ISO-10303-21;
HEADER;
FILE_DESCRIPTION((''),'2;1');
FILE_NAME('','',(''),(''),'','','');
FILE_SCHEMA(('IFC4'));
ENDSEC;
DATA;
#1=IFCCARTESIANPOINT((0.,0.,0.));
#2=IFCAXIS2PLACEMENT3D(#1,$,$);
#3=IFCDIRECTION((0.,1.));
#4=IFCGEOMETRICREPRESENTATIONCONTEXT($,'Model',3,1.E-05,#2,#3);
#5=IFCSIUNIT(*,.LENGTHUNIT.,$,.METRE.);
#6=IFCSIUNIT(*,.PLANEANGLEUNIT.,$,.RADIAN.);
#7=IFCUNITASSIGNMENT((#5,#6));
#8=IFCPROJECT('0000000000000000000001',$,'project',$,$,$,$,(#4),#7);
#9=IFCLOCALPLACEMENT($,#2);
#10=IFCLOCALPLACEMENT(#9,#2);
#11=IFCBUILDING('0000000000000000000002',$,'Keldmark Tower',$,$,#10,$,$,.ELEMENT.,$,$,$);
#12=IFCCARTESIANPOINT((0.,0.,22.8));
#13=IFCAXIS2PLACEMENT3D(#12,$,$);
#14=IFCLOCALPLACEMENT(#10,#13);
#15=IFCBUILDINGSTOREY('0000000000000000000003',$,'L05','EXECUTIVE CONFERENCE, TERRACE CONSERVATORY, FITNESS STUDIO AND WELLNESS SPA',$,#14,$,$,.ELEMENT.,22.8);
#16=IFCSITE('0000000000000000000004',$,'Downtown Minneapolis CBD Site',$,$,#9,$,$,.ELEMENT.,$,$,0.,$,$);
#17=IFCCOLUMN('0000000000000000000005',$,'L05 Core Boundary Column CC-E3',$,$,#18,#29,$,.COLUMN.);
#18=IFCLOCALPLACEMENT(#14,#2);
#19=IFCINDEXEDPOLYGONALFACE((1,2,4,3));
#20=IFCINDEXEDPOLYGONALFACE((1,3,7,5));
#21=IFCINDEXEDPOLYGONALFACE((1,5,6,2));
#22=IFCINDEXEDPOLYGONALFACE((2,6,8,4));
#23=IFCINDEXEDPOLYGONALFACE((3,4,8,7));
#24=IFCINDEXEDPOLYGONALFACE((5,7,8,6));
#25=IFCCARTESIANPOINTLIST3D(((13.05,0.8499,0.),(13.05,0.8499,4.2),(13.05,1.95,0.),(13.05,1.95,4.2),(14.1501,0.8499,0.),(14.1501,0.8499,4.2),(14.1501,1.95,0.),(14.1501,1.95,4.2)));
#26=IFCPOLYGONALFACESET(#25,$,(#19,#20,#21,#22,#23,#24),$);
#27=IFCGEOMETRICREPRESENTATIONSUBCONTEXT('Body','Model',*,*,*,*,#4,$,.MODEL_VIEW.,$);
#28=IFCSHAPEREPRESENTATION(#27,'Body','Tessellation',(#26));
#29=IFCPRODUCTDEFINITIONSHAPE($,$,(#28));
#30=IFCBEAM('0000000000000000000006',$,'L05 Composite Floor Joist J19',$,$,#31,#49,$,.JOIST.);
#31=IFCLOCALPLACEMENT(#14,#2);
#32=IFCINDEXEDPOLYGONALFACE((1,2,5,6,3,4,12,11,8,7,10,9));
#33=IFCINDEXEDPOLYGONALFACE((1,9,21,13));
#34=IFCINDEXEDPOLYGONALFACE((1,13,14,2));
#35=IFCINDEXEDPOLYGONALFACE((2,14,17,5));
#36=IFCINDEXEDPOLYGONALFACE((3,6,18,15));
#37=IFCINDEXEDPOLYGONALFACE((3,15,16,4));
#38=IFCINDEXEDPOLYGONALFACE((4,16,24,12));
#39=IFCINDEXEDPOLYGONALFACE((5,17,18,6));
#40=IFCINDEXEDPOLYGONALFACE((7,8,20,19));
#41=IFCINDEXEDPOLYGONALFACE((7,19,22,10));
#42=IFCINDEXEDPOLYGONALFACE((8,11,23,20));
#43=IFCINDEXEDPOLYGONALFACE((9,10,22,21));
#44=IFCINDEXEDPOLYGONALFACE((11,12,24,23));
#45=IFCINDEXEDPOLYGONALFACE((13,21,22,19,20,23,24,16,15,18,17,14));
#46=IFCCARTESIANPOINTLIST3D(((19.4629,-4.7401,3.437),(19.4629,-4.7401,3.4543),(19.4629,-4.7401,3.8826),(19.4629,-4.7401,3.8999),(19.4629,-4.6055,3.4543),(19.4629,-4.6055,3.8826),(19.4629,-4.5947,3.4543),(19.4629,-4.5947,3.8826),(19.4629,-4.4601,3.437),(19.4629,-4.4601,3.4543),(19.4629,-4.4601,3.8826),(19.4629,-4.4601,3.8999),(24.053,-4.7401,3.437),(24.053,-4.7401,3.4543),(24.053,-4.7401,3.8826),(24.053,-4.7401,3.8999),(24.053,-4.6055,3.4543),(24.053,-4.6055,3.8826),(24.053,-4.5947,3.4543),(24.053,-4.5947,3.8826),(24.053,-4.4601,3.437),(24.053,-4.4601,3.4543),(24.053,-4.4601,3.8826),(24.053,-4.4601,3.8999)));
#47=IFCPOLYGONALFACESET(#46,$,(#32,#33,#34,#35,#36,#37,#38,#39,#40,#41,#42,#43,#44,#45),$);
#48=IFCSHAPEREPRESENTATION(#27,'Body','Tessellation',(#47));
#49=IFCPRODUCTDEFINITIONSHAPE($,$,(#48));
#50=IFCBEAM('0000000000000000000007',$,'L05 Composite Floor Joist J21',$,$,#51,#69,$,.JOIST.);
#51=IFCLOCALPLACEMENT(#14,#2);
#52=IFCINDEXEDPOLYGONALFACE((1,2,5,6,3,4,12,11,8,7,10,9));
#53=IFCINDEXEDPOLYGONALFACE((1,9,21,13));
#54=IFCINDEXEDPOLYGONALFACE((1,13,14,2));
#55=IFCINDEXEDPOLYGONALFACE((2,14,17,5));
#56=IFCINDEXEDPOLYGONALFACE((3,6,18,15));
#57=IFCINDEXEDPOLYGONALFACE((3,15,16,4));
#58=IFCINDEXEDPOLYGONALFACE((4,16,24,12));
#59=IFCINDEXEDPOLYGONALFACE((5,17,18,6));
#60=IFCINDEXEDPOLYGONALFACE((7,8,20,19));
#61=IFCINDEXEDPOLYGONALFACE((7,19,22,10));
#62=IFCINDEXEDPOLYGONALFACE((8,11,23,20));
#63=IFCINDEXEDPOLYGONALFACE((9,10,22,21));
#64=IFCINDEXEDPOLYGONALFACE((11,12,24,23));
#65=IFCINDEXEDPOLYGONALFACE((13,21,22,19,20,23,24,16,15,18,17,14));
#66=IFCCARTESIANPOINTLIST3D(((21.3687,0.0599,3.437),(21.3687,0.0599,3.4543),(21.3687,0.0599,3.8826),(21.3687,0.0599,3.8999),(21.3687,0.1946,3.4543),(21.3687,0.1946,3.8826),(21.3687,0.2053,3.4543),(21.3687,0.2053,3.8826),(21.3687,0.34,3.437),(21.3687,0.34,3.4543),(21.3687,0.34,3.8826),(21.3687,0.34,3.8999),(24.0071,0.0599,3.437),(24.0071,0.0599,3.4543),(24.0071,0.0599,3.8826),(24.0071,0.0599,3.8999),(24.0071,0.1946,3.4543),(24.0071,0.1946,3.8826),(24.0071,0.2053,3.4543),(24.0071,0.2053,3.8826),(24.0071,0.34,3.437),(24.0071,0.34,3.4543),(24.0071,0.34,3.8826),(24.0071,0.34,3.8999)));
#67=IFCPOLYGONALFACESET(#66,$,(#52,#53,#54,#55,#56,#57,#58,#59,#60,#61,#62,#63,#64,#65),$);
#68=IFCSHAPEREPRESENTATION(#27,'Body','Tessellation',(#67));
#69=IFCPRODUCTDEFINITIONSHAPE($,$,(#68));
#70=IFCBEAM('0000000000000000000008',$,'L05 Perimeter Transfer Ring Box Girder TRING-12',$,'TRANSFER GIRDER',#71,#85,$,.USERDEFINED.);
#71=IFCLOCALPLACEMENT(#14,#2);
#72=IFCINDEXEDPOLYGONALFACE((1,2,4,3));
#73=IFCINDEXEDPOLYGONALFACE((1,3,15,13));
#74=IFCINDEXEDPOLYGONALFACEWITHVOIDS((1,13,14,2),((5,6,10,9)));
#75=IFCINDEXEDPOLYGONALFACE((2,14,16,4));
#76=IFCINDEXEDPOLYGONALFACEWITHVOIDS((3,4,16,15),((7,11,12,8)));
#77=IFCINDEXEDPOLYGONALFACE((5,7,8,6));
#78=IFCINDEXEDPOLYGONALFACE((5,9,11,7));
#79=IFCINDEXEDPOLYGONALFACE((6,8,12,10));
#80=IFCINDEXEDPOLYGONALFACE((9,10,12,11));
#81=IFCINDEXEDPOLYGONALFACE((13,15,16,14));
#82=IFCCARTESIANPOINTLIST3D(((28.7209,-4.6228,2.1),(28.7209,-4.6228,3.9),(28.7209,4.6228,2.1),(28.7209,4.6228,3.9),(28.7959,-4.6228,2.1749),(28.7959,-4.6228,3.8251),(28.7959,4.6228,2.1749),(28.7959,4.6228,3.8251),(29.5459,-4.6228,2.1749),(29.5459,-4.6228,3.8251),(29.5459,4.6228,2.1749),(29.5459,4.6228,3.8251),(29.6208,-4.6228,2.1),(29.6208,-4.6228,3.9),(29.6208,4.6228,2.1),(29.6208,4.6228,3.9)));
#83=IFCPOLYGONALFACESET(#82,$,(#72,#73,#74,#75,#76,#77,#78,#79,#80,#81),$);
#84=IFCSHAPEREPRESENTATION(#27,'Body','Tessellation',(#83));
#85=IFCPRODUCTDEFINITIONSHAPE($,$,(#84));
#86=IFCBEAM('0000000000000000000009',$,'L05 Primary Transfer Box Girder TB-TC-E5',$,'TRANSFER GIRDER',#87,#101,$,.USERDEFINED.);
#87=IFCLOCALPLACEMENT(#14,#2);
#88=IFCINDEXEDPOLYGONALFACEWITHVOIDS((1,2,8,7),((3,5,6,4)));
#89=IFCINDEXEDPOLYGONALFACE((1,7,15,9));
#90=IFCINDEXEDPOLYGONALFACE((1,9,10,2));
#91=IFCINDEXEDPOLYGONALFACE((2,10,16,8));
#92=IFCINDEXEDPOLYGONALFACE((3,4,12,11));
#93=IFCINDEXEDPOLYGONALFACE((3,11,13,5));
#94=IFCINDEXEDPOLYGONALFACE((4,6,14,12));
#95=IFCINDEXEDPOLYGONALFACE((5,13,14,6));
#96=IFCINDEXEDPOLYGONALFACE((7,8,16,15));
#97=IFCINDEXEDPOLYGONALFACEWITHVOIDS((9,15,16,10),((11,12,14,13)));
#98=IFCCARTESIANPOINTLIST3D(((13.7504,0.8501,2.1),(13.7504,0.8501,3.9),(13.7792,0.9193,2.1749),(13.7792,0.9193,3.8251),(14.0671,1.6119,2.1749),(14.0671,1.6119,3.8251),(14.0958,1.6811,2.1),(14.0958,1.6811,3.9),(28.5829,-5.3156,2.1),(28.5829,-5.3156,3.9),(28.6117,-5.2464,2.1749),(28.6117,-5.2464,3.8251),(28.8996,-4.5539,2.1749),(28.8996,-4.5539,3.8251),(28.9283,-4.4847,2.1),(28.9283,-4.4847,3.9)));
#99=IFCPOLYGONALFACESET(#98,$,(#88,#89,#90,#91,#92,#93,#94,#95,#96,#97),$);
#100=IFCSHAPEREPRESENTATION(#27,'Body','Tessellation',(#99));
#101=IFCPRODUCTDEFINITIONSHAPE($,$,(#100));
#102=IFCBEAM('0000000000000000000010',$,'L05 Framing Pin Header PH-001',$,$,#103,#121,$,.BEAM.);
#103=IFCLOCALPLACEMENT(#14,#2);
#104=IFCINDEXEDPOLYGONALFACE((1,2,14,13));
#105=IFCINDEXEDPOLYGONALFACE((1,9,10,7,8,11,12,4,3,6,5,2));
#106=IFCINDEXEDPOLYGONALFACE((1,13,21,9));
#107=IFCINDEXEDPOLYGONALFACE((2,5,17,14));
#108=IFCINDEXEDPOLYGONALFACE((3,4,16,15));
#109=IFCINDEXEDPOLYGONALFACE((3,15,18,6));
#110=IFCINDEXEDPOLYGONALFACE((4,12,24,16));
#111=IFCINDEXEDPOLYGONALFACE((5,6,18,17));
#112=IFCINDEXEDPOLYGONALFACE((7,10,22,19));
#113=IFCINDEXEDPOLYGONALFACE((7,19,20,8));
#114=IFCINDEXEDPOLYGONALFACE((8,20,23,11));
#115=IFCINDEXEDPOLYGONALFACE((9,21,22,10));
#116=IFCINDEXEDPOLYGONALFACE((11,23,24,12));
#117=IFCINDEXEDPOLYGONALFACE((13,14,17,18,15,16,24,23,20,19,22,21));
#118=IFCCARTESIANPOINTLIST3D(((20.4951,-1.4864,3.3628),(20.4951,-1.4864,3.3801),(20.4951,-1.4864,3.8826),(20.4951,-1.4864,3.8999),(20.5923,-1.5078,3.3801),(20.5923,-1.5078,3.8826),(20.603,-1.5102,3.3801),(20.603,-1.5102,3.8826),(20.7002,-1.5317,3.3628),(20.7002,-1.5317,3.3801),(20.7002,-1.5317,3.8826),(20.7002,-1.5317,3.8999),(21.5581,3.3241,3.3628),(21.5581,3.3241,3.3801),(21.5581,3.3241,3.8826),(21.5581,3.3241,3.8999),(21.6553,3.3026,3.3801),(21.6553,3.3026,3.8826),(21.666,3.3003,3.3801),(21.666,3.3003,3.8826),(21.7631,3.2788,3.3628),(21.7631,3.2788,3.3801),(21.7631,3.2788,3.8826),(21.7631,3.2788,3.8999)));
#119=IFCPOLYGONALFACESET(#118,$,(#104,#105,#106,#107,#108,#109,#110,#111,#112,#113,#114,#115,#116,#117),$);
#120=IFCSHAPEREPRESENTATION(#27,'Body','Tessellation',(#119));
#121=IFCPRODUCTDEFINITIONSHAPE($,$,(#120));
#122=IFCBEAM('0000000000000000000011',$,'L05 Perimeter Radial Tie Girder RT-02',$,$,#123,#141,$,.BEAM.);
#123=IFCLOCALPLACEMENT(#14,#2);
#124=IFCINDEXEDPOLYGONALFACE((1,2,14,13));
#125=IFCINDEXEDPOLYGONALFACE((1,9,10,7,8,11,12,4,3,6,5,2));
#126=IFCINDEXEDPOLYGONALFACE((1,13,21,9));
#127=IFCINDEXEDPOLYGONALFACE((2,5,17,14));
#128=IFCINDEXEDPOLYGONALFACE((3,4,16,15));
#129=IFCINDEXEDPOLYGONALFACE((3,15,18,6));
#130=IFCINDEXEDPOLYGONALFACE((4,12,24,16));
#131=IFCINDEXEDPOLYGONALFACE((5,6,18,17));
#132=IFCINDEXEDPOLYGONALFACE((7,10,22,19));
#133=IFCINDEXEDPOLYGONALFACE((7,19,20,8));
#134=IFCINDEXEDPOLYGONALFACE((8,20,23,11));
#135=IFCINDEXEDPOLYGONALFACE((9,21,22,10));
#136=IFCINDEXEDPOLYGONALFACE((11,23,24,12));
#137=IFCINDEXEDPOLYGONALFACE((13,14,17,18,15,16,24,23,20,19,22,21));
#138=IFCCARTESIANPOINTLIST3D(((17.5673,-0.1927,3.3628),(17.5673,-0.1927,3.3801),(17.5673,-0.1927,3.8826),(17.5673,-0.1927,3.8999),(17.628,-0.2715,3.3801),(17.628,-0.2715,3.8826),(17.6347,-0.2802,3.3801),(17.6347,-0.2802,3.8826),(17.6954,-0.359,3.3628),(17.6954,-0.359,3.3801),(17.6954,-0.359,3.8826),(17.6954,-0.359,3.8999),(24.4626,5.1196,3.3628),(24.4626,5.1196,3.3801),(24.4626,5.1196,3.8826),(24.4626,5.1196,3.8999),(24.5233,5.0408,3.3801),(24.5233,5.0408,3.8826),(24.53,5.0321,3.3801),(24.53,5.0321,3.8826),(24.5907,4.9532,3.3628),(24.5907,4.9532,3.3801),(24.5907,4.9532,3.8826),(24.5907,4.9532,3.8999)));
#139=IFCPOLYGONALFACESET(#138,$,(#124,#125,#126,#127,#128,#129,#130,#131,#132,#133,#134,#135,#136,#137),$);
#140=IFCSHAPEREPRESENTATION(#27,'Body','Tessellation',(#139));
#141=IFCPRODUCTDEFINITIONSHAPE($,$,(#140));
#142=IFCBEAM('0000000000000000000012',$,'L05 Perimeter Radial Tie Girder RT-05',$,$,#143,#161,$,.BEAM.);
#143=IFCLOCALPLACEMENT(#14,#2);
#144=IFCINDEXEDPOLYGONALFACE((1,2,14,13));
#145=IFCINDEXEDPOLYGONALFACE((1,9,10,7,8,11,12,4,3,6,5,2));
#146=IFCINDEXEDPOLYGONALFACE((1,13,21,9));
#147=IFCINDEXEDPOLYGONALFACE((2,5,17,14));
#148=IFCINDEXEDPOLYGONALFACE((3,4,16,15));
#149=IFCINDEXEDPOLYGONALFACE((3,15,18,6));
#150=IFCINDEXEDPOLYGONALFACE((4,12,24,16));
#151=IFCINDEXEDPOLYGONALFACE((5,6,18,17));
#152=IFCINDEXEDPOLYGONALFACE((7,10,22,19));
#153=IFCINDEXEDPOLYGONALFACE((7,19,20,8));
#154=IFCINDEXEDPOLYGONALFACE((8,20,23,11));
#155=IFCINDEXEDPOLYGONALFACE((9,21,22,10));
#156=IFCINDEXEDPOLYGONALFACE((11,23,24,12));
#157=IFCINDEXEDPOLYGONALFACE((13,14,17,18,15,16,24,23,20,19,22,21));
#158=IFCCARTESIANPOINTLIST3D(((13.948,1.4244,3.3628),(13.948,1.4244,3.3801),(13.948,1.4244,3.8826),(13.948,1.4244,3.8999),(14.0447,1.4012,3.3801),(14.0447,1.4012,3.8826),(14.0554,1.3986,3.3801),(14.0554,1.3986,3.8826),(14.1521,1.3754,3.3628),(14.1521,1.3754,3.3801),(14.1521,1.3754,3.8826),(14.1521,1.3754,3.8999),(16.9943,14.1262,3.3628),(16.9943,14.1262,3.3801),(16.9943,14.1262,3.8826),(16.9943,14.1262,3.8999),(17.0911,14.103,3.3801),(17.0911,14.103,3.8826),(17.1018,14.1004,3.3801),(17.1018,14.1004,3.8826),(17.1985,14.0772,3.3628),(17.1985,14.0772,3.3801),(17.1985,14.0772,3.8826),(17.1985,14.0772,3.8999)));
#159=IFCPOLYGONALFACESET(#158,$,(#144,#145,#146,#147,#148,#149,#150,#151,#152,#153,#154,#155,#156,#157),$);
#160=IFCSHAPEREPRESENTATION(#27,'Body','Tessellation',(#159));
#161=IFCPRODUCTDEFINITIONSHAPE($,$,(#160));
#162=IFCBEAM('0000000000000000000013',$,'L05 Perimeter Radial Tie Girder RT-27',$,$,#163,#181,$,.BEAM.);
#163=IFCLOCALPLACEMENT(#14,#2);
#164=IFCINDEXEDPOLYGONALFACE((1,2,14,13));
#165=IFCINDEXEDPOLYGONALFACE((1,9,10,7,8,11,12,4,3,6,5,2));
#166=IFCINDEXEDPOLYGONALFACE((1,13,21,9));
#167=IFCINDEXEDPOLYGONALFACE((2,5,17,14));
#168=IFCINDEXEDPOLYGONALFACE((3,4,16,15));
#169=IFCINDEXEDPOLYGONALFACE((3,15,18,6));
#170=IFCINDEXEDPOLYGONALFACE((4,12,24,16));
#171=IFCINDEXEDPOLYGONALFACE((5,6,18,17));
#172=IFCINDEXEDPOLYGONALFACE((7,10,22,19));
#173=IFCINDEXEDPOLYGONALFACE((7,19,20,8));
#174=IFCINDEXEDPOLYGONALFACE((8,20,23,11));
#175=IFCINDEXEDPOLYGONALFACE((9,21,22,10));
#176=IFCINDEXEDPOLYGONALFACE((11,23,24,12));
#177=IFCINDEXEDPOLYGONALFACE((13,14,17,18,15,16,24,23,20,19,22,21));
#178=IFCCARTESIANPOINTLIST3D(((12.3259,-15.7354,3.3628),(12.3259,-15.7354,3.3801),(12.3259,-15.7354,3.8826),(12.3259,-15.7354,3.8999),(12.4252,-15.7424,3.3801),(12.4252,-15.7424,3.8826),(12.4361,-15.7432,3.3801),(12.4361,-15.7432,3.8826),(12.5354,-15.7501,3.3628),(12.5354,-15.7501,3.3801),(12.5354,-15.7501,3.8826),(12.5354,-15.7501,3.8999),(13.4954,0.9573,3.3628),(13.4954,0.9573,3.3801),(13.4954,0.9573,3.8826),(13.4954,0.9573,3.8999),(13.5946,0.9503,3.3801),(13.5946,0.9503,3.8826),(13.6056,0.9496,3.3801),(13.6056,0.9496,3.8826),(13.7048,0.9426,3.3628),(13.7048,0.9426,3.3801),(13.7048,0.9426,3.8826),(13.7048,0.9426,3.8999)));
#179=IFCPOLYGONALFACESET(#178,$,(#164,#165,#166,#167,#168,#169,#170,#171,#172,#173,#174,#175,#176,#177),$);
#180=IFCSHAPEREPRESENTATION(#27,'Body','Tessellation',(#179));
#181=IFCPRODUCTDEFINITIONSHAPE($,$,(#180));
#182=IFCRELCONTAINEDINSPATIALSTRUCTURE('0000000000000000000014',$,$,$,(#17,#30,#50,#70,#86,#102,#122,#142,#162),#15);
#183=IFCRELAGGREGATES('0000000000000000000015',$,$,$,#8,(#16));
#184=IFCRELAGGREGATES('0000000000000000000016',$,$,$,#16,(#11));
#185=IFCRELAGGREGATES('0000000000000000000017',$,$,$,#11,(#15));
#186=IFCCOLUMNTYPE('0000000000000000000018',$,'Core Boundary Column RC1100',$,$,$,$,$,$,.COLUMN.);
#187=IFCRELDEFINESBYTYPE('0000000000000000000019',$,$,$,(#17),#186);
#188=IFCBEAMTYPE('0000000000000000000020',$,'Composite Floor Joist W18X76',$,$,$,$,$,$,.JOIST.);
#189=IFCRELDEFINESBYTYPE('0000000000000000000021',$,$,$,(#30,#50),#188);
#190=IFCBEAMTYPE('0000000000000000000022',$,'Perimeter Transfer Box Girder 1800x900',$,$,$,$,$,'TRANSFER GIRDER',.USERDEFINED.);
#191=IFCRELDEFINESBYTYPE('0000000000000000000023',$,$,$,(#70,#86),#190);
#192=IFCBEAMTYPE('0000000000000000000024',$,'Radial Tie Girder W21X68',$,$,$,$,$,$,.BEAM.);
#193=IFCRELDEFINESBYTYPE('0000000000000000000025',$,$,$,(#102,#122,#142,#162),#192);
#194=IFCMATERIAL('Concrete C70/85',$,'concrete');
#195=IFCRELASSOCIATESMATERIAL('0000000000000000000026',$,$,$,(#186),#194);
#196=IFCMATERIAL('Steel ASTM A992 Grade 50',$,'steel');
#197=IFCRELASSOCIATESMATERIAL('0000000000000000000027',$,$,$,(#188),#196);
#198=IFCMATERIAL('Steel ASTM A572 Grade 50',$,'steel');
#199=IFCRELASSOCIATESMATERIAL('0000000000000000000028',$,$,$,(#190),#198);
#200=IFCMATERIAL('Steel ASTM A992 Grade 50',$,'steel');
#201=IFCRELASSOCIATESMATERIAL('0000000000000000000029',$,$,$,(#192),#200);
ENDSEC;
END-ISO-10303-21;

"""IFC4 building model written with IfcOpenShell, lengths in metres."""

from ifc_helpers import new_model, si_unit, direction, frame, origin, origin_2d, place, context, subcontext, project, spatial, rectangle, hollow_rectangle, i_section, extrude, material, material_profile, profile_set, type_object, element, save


model = new_model("IFC4")

# Units and contexts
model_context = context("Model", 3, precision=1e-05, world=origin(), true_north=direction((0.0, 1.0)))
body_context = subcontext(model_context, "Body", "Model", "MODEL_VIEW")
ifc_project = project(units=[si_unit("LENGTHUNIT", "METRE"), si_unit("PLANEANGLEUNIT", "RADIAN")], contexts=[model_context])

# Site, building, storey
site_placement = place(None, origin())
site = spatial("IfcSite", under=ifc_project, at=site_placement, Name="Downtown Minneapolis CBD Site", CompositionType="ELEMENT", RefElevation=0.0)
building_placement = place(site_placement, origin())
building = spatial("IfcBuilding", under=site, at=building_placement, Name="Keldmark Tower", CompositionType="ELEMENT")
storey_placement = place(building_placement, frame((0.0, 0.0, 22.8)))
storey = spatial("IfcBuildingStorey", under=building, at=storey_placement, Name="L05", Description="EXECUTIVE CONFERENCE, TERRACE CONSERVATORY, FITNESS STUDIO AND WELLNESS SPA", CompositionType="ELEMENT", Elevation=22.8)

# Column
ifc_material_1 = material(Name="Concrete C70/85", Category="concrete")
ifc_material_profile_1 = material_profile(ifc_material_1, rectangle(XDim=1.1001, YDim=1.1001, at=origin_2d()), Name="RC1100X1100")
ifc_profile_set_1 = profile_set([ifc_material_profile_1], Name="Concrete C70/85")
column_type = type_object("IfcColumnType", Name="Core Boundary Column RC1100", PredefinedType="COLUMN", material=ifc_profile_set_1)
column_placement = place(storey_placement, frame((13.6001, 1.3999, 0.0), z_axis=(0.0, 0.0, 1.0), x_axis=(1.0, 0.0, 0.0)))
element("IfcColumn", 1, at=column_placement, inside=storey, type_object=column_type, Name="L05 Core Boundary Column CC-E3", PredefinedType="COLUMN", context=body_context, shape_type="SweptSolid", body=[
    extrude(rectangle(XDim=1.1001, YDim=1.1001, at=origin_2d()), origin(), (0.0, 0.0, 1.0), 4.2),
])

# Beams
ifc_material_2 = material(Name="Steel ASTM A992 Grade 50", Category="steel")
ifc_material_profile_2 = material_profile(ifc_material_2, i_section(OverallWidth=0.28, OverallDepth=0.4629, WebThickness=0.0107, FlangeThickness=0.0173, at=origin_2d()), Name="W18X76")
ifc_profile_set_2 = profile_set([ifc_material_profile_2], Name="Steel ASTM A992 Grade 50")
beam_type_1 = type_object("IfcBeamType", Name="Composite Floor Joist W18X76", PredefinedType="JOIST", material=ifc_profile_set_2)
beam_1_placement = place(storey_placement, frame((19.4629, -4.6001, 3.6685), z_axis=(1.0, 0.0, 0.0), x_axis=(0.0, 1.0, 0.0)))
element("IfcBeam", 2, at=beam_1_placement, inside=storey, type_object=beam_type_1, Name="L05 Composite Floor Joist J19", PredefinedType="JOIST", context=body_context, shape_type="SweptSolid", body=[
    extrude(i_section(OverallWidth=0.28, OverallDepth=0.4629, WebThickness=0.0107, FlangeThickness=0.0173, at=origin_2d()), origin(), (0.0, 0.0, 1.0), 4.5901),
])
beam_2_placement = place(storey_placement, frame((21.3687, 0.2, 3.6685), z_axis=(1.0, 0.0, 0.0), x_axis=(0.0, 1.0, 0.0)))
element("IfcBeam", 3, at=beam_2_placement, inside=storey, type_object=beam_type_1, Name="L05 Composite Floor Joist J21", PredefinedType="JOIST", context=body_context, shape_type="SweptSolid", body=[
    extrude(i_section(OverallWidth=0.28, OverallDepth=0.4629, WebThickness=0.0107, FlangeThickness=0.0173, at=origin_2d()), origin(), (0.0, 0.0, 1.0), 2.6384),
])
ifc_material_3 = material(Name="Steel ASTM A572 Grade 50", Category="steel")
ifc_material_profile_3 = material_profile(ifc_material_3, hollow_rectangle(XDim=0.8999, YDim=1.8, WallThickness=0.075, at=origin_2d()), Name="TBOX1800X900X75")
ifc_profile_set_3 = profile_set([ifc_material_profile_3], Name="Steel ASTM A572 Grade 50")
beam_type_2 = type_object("IfcBeamType", Name="Perimeter Transfer Box Girder 1800x900", ElementType="TRANSFER GIRDER", PredefinedType="USERDEFINED", material=ifc_profile_set_3)
beam_3_placement = place(storey_placement, frame((29.1709, -4.6228, 3.0), z_axis=(0.0, 1.0, 0.0), x_axis=(-1.0, 0.0, 0.0)))
element("IfcBeam", 4, at=beam_3_placement, inside=storey, type_object=beam_type_2, Name="L05 Perimeter Transfer Ring Box Girder TRING-12", ObjectType="TRANSFER GIRDER", PredefinedType="USERDEFINED", context=body_context, shape_type="SweptSolid", body=[
    extrude(hollow_rectangle(XDim=0.8999, YDim=1.8, WallThickness=0.075, at=origin_2d()), origin(), (0.0, 0.0, 1.0), 9.2456),
])
beam_4_placement = place(storey_placement, frame((28.7556, -4.9001, 3.0), z_axis=(-0.923396, 0.383849, 0.0), x_axis=(-0.383849, -0.923396, 0.0)))
element("IfcBeam", 5, at=beam_4_placement, inside=storey, type_object=beam_type_2, Name="L05 Primary Transfer Box Girder TB-TC-E5", ObjectType="TRANSFER GIRDER", PredefinedType="USERDEFINED", context=body_context, shape_type="SweptSolid", body=[
    extrude(hollow_rectangle(XDim=0.8999, YDim=1.8, WallThickness=0.075, at=origin_2d()), origin(), (0.0, 0.0, 1.0), 16.063),
])
ifc_material_4 = material(Name="Steel ASTM A992 Grade 50", Category="steel")
ifc_material_profile_4 = material_profile(ifc_material_4, i_section(OverallWidth=0.21, OverallDepth=0.5371, WebThickness=0.011, FlangeThickness=0.0173, at=origin_2d()), Name="W21X68")
ifc_profile_set_4 = profile_set([ifc_material_profile_4], Name="Steel ASTM A992 Grade 50")
beam_type_3 = type_object("IfcBeamType", Name="Radial Tie Girder W21X68", PredefinedType="BEAM", material=ifc_profile_set_4)
beam_5_placement = place(storey_placement, frame((20.5977, -1.509, 3.6313), z_axis=(0.215765, 0.976445, 0.0), x_axis=(-0.976445, 0.215765, 0.0)))
element("IfcBeam", 6, at=beam_5_placement, inside=storey, type_object=beam_type_3, Name="L05 Framing Pin Header PH-001", PredefinedType="BEAM", context=body_context, shape_type="SweptSolid", body=[
    extrude(i_section(OverallWidth=0.21, OverallDepth=0.5371, WebThickness=0.011, FlangeThickness=0.0173, at=origin_2d()), origin(), (0.0, 0.0, 1.0), 4.9265),
])
beam_6_placement = place(storey_placement, frame((17.6313, -0.2759, 3.6313), z_axis=(0.792168, 0.610303, 0.0), x_axis=(-0.610303, 0.792168, 0.0)))
element("IfcBeam", 7, at=beam_6_placement, inside=storey, type_object=beam_type_3, Name="L05 Perimeter Radial Tie Girder RT-02", PredefinedType="BEAM", context=body_context, shape_type="SweptSolid", body=[
    extrude(i_section(OverallWidth=0.21, OverallDepth=0.5371, WebThickness=0.011, FlangeThickness=0.0173, at=origin_2d()), origin(), (0.0, 0.0, 1.0), 8.7043),
])
beam_7_placement = place(storey_placement, frame((14.05, 1.3999, 3.6313), z_axis=(0.233223, 0.972423, 0.0), x_axis=(-0.972423, 0.233223, 0.0)))
element("IfcBeam", 8, at=beam_7_placement, inside=storey, type_object=beam_type_3, Name="L05 Perimeter Radial Tie Girder RT-05", PredefinedType="BEAM", context=body_context, shape_type="SweptSolid", body=[
    extrude(i_section(OverallWidth=0.21, OverallDepth=0.5371, WebThickness=0.011, FlangeThickness=0.0173, at=origin_2d()), origin(), (0.0, 0.0, 1.0), 13.062),
])
beam_8_placement = place(storey_placement, frame((13.6001, 0.95, 3.6313), z_axis=(-0.069886, -0.997555, 0.0), x_axis=(0.997555, -0.069886, 0.0)))
element("IfcBeam", 9, at=beam_8_placement, inside=storey, type_object=beam_type_3, Name="L05 Perimeter Radial Tie Girder RT-27", PredefinedType="BEAM", context=body_context, shape_type="SweptSolid", body=[
    extrude(i_section(OverallWidth=0.21, OverallDepth=0.5371, WebThickness=0.011, FlangeThickness=0.0173, at=origin_2d()), origin(), (0.0, 0.0, 1.0), 16.7336),
])

save(model, "model.ifc")
